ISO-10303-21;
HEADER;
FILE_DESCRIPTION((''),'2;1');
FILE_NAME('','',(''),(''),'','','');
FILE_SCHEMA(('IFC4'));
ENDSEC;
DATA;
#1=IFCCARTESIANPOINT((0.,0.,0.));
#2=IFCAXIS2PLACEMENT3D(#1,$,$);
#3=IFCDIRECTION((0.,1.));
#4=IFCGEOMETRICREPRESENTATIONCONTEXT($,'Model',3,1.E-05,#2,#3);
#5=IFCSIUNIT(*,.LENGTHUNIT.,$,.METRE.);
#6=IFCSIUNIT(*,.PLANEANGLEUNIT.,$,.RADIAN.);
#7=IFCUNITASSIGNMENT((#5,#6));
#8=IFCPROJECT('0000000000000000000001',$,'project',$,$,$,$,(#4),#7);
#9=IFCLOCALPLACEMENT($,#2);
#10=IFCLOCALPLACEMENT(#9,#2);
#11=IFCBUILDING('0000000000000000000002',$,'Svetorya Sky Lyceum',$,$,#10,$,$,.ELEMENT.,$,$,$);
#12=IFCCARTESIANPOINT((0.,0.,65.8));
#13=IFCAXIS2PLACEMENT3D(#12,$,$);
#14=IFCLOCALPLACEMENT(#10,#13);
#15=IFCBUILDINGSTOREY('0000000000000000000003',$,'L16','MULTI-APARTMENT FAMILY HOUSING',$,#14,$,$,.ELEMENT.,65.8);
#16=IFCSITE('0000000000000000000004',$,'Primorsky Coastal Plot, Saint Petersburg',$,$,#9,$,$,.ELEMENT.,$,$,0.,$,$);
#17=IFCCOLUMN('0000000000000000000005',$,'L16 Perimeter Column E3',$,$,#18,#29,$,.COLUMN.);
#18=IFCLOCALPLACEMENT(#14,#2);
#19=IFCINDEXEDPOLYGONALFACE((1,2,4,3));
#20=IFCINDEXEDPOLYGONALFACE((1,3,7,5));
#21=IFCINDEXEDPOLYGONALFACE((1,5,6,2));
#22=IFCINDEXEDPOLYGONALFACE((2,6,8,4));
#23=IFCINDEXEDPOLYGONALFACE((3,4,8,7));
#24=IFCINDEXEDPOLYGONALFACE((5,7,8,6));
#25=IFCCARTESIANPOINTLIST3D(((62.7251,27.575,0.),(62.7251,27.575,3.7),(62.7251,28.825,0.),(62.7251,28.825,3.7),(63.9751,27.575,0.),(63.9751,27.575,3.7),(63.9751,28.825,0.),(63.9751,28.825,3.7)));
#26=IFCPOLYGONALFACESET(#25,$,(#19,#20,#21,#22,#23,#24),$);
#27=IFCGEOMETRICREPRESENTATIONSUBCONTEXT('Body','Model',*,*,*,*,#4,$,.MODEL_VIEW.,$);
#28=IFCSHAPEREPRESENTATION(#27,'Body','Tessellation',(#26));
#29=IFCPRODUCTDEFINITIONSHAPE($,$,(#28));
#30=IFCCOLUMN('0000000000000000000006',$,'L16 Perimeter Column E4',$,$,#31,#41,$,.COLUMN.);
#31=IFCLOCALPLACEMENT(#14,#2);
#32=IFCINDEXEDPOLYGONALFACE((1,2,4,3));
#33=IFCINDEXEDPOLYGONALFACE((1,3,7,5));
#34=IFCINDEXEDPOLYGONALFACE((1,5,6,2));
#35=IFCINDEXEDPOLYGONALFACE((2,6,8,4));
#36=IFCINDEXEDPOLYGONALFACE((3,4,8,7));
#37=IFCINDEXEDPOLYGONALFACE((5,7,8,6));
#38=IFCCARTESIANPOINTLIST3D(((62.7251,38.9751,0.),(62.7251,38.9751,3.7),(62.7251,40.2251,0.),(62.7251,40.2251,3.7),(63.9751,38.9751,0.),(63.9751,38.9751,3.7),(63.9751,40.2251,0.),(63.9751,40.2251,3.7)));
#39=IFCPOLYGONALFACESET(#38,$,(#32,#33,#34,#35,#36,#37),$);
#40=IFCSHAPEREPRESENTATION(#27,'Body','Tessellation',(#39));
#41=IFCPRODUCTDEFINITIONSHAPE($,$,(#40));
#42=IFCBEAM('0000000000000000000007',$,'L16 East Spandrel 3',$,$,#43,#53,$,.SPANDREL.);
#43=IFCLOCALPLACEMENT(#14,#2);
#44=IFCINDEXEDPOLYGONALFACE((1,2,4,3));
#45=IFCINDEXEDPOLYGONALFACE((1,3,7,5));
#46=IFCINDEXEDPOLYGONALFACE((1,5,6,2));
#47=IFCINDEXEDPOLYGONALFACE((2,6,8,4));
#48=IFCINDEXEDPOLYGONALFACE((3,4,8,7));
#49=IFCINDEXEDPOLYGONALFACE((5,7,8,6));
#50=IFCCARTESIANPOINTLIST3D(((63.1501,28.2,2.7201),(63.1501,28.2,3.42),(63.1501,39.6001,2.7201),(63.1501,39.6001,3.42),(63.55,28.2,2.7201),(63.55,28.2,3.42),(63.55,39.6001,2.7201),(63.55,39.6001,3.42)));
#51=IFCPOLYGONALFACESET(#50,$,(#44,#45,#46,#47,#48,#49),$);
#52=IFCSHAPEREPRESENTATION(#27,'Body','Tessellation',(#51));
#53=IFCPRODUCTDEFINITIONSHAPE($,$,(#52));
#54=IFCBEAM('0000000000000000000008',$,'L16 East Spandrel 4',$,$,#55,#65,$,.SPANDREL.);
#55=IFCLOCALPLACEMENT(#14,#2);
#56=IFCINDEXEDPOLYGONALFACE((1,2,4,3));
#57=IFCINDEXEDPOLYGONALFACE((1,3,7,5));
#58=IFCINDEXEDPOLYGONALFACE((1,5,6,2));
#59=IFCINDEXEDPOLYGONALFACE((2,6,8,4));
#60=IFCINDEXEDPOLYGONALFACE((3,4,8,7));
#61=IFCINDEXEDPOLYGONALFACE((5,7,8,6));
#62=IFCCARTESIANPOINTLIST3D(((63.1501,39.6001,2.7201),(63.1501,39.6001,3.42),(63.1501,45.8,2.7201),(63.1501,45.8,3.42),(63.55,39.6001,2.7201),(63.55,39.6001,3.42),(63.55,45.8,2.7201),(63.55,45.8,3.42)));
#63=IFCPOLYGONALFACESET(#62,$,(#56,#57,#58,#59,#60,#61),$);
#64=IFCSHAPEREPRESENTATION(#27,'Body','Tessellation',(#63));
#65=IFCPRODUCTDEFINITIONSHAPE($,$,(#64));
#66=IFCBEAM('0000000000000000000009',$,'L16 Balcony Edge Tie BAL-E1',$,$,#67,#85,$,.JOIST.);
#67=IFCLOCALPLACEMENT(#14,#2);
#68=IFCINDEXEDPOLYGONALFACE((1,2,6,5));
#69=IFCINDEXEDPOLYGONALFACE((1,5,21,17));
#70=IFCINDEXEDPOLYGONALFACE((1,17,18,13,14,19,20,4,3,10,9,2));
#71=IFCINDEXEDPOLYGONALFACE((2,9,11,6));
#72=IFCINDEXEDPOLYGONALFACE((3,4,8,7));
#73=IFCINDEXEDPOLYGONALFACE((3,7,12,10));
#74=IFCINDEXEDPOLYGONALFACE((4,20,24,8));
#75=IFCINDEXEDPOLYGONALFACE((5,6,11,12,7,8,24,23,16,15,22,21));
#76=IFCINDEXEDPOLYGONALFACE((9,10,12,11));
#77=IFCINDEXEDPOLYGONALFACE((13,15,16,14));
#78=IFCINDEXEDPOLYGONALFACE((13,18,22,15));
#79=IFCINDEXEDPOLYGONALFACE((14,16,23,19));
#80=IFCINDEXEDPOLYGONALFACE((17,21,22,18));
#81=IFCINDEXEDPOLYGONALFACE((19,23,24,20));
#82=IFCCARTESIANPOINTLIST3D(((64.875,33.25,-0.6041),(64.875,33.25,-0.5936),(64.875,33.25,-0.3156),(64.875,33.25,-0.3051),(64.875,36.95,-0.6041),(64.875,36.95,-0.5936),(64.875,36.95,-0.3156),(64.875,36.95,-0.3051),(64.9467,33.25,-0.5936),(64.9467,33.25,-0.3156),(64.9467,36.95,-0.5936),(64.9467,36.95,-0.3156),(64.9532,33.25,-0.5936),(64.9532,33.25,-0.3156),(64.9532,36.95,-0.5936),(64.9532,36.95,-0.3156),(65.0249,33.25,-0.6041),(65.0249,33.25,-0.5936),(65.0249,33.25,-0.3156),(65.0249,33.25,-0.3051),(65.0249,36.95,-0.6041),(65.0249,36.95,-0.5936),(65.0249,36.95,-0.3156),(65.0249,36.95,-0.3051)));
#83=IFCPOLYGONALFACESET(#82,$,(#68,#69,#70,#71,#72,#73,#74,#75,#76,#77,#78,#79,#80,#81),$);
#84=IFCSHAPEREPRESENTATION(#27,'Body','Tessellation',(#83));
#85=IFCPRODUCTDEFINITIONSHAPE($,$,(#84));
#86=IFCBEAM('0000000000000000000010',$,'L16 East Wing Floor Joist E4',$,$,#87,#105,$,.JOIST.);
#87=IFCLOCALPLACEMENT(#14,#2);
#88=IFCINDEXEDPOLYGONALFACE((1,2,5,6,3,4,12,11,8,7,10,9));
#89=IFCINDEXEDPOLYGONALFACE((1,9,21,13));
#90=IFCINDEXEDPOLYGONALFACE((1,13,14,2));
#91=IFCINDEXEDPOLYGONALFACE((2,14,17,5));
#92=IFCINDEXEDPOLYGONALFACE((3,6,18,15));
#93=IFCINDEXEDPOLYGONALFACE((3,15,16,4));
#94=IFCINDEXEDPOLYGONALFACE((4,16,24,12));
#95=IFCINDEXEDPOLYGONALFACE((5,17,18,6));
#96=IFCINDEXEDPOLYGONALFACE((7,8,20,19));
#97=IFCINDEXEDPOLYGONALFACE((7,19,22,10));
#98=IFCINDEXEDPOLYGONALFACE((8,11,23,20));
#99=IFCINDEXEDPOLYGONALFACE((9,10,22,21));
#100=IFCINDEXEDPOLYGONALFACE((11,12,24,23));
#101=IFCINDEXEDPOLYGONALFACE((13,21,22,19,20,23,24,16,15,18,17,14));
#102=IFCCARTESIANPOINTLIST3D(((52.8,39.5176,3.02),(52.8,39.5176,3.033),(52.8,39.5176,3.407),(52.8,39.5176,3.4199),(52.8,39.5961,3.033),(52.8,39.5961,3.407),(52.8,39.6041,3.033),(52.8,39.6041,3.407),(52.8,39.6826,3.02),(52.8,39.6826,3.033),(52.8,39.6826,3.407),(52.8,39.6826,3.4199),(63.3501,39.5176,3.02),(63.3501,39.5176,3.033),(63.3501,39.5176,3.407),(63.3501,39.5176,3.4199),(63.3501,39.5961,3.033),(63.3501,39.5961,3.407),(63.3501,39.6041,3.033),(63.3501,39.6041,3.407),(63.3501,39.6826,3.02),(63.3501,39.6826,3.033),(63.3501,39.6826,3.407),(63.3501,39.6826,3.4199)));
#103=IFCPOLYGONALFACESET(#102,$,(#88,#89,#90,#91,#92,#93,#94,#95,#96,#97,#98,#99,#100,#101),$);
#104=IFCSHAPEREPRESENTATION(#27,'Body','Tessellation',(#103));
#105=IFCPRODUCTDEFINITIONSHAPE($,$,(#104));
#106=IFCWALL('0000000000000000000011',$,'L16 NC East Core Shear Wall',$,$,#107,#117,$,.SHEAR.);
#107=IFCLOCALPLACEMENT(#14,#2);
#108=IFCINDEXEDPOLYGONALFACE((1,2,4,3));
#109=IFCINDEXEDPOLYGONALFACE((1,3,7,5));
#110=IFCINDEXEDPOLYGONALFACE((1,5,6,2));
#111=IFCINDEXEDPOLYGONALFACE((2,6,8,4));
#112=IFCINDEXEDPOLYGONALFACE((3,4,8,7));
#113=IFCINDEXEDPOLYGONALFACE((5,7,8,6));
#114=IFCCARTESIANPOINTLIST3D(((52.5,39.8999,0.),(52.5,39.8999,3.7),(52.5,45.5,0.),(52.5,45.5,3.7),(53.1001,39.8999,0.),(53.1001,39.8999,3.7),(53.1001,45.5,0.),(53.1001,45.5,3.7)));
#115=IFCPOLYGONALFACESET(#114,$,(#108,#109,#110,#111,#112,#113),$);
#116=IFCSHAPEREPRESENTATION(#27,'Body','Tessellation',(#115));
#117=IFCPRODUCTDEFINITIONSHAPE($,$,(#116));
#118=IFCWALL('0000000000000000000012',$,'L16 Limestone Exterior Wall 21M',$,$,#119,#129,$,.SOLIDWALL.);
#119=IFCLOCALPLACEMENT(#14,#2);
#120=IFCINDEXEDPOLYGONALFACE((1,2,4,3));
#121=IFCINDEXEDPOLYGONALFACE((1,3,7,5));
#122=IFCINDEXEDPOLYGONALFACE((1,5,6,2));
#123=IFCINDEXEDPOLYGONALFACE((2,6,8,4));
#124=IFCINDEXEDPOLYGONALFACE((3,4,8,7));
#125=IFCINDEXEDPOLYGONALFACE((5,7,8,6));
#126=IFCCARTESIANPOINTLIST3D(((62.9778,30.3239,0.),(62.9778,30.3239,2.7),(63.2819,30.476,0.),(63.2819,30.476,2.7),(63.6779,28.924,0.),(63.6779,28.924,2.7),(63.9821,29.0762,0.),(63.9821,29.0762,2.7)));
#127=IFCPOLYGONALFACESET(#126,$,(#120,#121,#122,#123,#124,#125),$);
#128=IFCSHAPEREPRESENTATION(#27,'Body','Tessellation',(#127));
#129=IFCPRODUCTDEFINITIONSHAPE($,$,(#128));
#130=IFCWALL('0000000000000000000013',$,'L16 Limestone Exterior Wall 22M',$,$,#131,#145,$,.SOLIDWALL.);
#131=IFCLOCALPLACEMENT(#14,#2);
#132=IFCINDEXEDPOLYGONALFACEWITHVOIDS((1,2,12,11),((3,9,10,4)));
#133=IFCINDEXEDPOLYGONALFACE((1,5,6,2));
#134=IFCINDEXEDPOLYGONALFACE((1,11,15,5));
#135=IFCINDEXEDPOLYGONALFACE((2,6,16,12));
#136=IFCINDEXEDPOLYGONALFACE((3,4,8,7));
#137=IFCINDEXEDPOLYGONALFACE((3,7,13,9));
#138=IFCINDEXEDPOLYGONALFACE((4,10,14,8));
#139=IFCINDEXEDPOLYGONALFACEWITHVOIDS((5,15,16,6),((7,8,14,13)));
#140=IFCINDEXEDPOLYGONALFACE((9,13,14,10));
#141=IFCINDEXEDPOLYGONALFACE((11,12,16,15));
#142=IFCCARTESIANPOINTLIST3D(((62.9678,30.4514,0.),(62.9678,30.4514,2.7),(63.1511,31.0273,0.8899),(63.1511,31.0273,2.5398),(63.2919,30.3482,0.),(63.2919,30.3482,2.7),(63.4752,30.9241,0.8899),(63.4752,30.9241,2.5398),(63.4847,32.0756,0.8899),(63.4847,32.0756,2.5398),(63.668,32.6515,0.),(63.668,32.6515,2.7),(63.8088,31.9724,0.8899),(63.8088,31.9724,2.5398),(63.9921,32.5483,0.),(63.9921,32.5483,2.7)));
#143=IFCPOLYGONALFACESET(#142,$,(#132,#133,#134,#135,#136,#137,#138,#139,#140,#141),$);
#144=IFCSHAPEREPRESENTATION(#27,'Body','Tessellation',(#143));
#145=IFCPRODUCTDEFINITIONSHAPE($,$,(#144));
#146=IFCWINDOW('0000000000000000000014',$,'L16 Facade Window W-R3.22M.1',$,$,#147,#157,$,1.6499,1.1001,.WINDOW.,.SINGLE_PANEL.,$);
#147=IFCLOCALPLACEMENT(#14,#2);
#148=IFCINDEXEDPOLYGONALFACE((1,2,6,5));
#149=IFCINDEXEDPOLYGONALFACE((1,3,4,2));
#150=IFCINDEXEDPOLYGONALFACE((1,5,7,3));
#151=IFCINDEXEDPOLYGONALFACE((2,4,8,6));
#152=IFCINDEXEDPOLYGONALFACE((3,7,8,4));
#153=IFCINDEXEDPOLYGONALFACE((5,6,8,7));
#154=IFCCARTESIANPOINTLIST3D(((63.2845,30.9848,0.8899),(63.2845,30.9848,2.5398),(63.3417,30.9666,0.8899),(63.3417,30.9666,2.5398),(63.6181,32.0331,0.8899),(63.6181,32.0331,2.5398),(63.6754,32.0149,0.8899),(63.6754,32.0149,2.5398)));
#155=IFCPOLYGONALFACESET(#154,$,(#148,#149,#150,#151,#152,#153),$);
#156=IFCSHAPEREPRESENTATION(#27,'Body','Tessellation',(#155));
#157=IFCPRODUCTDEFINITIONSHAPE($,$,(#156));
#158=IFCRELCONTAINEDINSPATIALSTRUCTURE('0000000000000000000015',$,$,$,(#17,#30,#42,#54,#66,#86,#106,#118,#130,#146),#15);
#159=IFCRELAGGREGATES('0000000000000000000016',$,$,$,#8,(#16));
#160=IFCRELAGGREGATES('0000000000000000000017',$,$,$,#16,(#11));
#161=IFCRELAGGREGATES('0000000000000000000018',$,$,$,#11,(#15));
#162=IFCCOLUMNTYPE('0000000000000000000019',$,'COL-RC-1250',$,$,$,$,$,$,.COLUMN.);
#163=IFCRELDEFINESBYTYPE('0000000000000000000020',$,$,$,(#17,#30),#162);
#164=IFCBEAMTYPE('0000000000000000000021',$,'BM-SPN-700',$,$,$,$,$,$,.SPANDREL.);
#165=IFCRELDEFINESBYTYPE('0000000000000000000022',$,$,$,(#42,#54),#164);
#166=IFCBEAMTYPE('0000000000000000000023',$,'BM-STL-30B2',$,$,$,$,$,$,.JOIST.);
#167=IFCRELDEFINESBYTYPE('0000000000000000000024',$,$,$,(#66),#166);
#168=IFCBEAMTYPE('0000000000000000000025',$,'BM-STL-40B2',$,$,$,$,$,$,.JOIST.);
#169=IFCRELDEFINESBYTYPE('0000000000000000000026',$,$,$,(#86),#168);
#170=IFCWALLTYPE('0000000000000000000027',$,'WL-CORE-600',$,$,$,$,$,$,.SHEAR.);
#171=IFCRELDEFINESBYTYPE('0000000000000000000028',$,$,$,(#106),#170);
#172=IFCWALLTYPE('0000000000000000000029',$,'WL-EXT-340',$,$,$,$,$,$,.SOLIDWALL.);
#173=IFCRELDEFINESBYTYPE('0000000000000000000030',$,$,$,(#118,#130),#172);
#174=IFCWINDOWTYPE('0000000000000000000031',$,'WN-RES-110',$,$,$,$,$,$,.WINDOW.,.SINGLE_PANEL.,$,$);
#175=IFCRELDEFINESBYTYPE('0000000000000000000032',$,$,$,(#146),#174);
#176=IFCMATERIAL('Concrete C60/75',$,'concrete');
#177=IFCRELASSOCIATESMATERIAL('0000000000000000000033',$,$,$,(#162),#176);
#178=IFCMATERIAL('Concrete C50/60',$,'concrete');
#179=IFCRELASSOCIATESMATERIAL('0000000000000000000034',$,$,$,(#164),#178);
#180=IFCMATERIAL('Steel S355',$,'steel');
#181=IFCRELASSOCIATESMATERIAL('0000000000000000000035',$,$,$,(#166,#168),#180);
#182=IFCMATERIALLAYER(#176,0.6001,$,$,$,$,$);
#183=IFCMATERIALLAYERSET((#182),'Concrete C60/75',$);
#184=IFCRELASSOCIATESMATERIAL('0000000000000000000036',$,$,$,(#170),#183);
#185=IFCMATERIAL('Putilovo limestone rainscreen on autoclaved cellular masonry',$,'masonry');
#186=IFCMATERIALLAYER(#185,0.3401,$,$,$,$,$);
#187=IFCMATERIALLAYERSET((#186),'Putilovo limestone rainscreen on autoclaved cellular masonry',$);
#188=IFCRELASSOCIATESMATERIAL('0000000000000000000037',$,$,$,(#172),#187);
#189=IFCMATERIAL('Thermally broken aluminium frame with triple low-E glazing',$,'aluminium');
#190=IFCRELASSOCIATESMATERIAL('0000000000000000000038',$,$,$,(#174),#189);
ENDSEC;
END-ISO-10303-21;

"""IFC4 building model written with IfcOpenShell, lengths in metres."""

from ifc_helpers import new_model, si_unit, direction, frame, frame_2d, origin, origin_2d, place, context, subcontext, project, spatial, rectangle, i_section, extrude, material, layer, layer_set, material_profile, profile_set, type_object, element, fill, save


model = new_model("IFC4")

# Units and contexts
model_context = context("Model", 3, precision=1e-05, world=origin(), true_north=direction((0.0, 1.0)))
body_context = subcontext(model_context, "Body", "Model", "MODEL_VIEW")
ifc_project = project(units=[si_unit("LENGTHUNIT", "METRE"), si_unit("PLANEANGLEUNIT", "RADIAN")], contexts=[model_context])

# Site, building, storey
site_placement = place(None, origin())
site = spatial("IfcSite", under=ifc_project, at=site_placement, Name="Primorsky Coastal Plot, Saint Petersburg", CompositionType="ELEMENT", RefElevation=0.0)
building_placement = place(site_placement, origin())
building = spatial("IfcBuilding", under=site, at=building_placement, Name="Svetorya Sky Lyceum", CompositionType="ELEMENT")
storey_placement = place(building_placement, frame((0.0, 0.0, 65.8)))
storey = spatial("IfcBuildingStorey", under=building, at=storey_placement, Name="L16", Description="MULTI-APARTMENT FAMILY HOUSING", CompositionType="ELEMENT", Elevation=65.8)

# Columns
ifc_material_1 = material(Name="Concrete C60/75", Category="concrete")
ifc_material_profile_1 = material_profile(ifc_material_1, rectangle(XDim=1.25, YDim=1.25, at=origin_2d()), Name="RC COL 1250x1250")
ifc_profile_set_1 = profile_set([ifc_material_profile_1], Name="Concrete C60/75")
column_type = type_object("IfcColumnType", Name="COL-RC-1250", PredefinedType="COLUMN", material=ifc_profile_set_1)
for number, where, z_axis, x_axis, name in (
    (1, (63.3501, 28.2, 0.0), (0.0, 0.0, 1.0), (1.0, 0.0, 0.0), "L16 Perimeter Column E3"),
    (2, (63.3501, 39.6001, 0.0), (0.0, 0.0, 1.0), (1.0, 0.0, 0.0), "L16 Perimeter Column E4"),
):
    element("IfcColumn", number, at=place(storey_placement, frame(where, z_axis=z_axis, x_axis=x_axis)), inside=storey, type_object=column_type, Name=name, PredefinedType="COLUMN", context=body_context, shape_type="SweptSolid", body=[
        extrude(rectangle(XDim=1.25, YDim=1.25, at=origin_2d()), origin(), (0.0, 0.0, 1.0), 3.7),
    ])

# Beams
ifc_material_2 = material(Name="Concrete C50/60", Category="concrete")
ifc_material_profile_2 = material_profile(ifc_material_2, rectangle(XDim=0.3999, YDim=0.7, at=origin_2d()), Name="RC SPANDREL 400x700")
ifc_profile_set_2 = profile_set([ifc_material_profile_2], Name="Concrete C50/60")
beam_type_1 = type_object("IfcBeamType", Name="BM-SPN-700", PredefinedType="SPANDREL", material=ifc_profile_set_2)
beam_1_placement = place(storey_placement, frame((63.3501, 28.2, 3.0701), z_axis=(0.0, 1.0, 0.0), x_axis=(-1.0, 0.0, 0.0)))
element("IfcBeam", 3, at=beam_1_placement, inside=storey, type_object=beam_type_1, Name="L16 East Spandrel 3", PredefinedType="SPANDREL", context=body_context, shape_type="SweptSolid", body=[
    extrude(rectangle(XDim=0.3999, YDim=0.7, at=origin_2d()), origin(), (0.0, 0.0, 1.0), 11.4001),
])
beam_2_placement = place(storey_placement, frame((63.3501, 39.6001, 3.0701), z_axis=(0.0, 1.0, 0.0), x_axis=(-1.0, 0.0, 0.0)))
element("IfcBeam", 4, at=beam_2_placement, inside=storey, type_object=beam_type_1, Name="L16 East Spandrel 4", PredefinedType="SPANDREL", context=body_context, shape_type="SweptSolid", body=[
    extrude(rectangle(XDim=0.3999, YDim=0.7, at=origin_2d()), origin(), (0.0, 0.0, 1.0), 6.2),
])
ifc_material_3 = material(Name="Steel S355", Category="steel")
ifc_material_profile_3 = material_profile(ifc_material_3, i_section(OverallWidth=0.1499, OverallDepth=0.2991, WebThickness=0.0066, FlangeThickness=0.0105, at=origin_2d()), Name="GOST 30B2")
ifc_profile_set_3 = profile_set([ifc_material_profile_3], Name="Steel S355")
beam_type_2 = type_object("IfcBeamType", Name="BM-STL-30B2", PredefinedType="JOIST", material=ifc_profile_set_3)
beam_3_placement = place(storey_placement, frame((64.95, 33.25, -0.4546), z_axis=(0.0, 1.0, 0.0), x_axis=(-1.0, 0.0, 0.0)))
element("IfcBeam", 5, at=beam_3_placement, inside=storey, type_object=beam_type_2, Name="L16 Balcony Edge Tie BAL-E1", PredefinedType="JOIST", context=body_context, shape_type="SweptSolid", body=[
    extrude(i_section(OverallWidth=0.1499, OverallDepth=0.2991, WebThickness=0.0066, FlangeThickness=0.0105, at=origin_2d()), origin(), (0.0, 0.0, 1.0), 3.7),
])
ifc_material_profile_4 = material_profile(ifc_material_3, i_section(OverallWidth=0.165, OverallDepth=0.3999, WebThickness=0.0081, FlangeThickness=0.0129, at=origin_2d()), Name="GOST 40B2")
ifc_profile_set_4 = profile_set([ifc_material_profile_4], Name="Steel S355")
beam_type_3 = type_object("IfcBeamType", Name="BM-STL-40B2", PredefinedType="JOIST", material=ifc_profile_set_4)
beam_4_placement = place(storey_placement, frame((52.8, 39.6001, 3.22), z_axis=(1.0, 0.0, 0.0), x_axis=(0.0, 1.0, 0.0)))
element("IfcBeam", 6, at=beam_4_placement, inside=storey, type_object=beam_type_3, Name="L16 East Wing Floor Joist E4", PredefinedType="JOIST", context=body_context, shape_type="SweptSolid", body=[
    extrude(i_section(OverallWidth=0.165, OverallDepth=0.3999, WebThickness=0.0081, FlangeThickness=0.0129, at=origin_2d()), origin(), (0.0, 0.0, 1.0), 10.55),
])

# Walls
ifc_layer_1 = layer(ifc_material_1, 0.6001)
ifc_layer_set_1 = layer_set([ifc_layer_1], Name="Concrete C60/75")
wall_type_1 = type_object("IfcWallType", Name="WL-CORE-600", PredefinedType="SHEAR", material=ifc_layer_set_1)
wall_1_placement = place(storey_placement, frame((52.8, 39.8999, 0.0), z_axis=(0.0, 0.0, 1.0), x_axis=(0.0, 1.0, 0.0)))
element("IfcWall", 7, at=wall_1_placement, inside=storey, type_object=wall_type_1, Name="L16 NC East Core Shear Wall", PredefinedType="SHEAR", context=body_context, shape_type="SweptSolid", body=[
    extrude(rectangle(XDim=5.6001, YDim=0.6001, at=frame_2d((2.8, 0.0))), origin(), (0.0, 0.0, 1.0), 3.7),
])
ifc_material_4 = material(Name="Putilovo limestone rainscreen on autoclaved cellular masonry", Category="masonry")
ifc_layer_2 = layer(ifc_material_4, 0.3401)
ifc_layer_set_2 = layer_set([ifc_layer_2], Name="Putilovo limestone rainscreen on autoclaved cellular masonry")
wall_type_2 = type_object("IfcWallType", Name="WL-EXT-340", PredefinedType="SOLIDWALL", material=ifc_layer_set_2)
wall_2_placement = place(storey_placement, frame((63.8301, 29.0, 0.0), z_axis=(0.0, 0.0, 1.0), x_axis=(-0.447338, 0.894365, 0.0)))
element("IfcWall", 8, at=wall_2_placement, inside=storey, type_object=wall_type_2, Name="L16 Limestone Exterior Wall 21M", PredefinedType="SOLIDWALL", context=body_context, shape_type="SweptSolid", body=[
    extrude(rectangle(XDim=1.5652, YDim=0.3401, at=frame_2d((0.7827, 0.0))), origin(), (0.0, 0.0, 1.0), 2.7),
])

# Wall, opening, window
wall_3_placement = place(storey_placement, frame((63.1299, 30.3999, 0.0), z_axis=(0.0, 0.0, 1.0), x_axis=(0.303256, 0.952909, 0.0)))
wall_3 = element("IfcWall", 9, at=wall_3_placement, inside=storey, type_object=wall_type_2, Name="L16 Limestone Exterior Wall 22M", PredefinedType="SOLIDWALL", context=body_context, shape_type="SweptSolid", body=[
    extrude(rectangle(XDim=2.3088, YDim=0.3401, at=frame_2d((1.1543, 0.0))), origin(), (0.0, 0.0, 1.0), 2.7),
])
opening_1_placement = place(wall_3_placement, frame((0.6042, 0.0, 0.8899)))
opening_1 = element("IfcOpeningElement", 10, at=opening_1_placement, cuts=wall_3, PredefinedType="OPENING", context=body_context, shape_type="SweptSolid", body=[
    extrude(rectangle(XDim=1.1001, YDim=1.6499, at=frame_2d((0.55, 0.825))), frame((0.0, 0.1799, 0.0), z_axis=(0.0, -1.0, 0.0), x_axis=(1.0, 0.0, 0.0)), (0.0, 0.0, 1.0), 0.3601),
])
ifc_material_5 = material(Name="Thermally broken aluminium frame with triple low-E glazing", Category="aluminium")
window_type = type_object("IfcWindowType", Name="WN-RES-110", PartitioningType="SINGLE_PANEL", PredefinedType="WINDOW", material=ifc_material_5)
window_1_placement = place(opening_1_placement, origin())
window_1 = element("IfcWindow", 11, at=window_1_placement, inside=storey, type_object=window_type, Name="L16 Facade Window W-R3.22M.1", OverallHeight=1.6499, OverallWidth=1.1001, PartitioningType="SINGLE_PANEL", PredefinedType="WINDOW", context=body_context, shape_type="SweptSolid", body=[
    extrude(rectangle(XDim=1.1001, YDim=1.6499, at=frame_2d((0.55, 0.825))), frame((0.0, 0.03, 0.0), z_axis=(0.0, -1.0, 0.0), x_axis=(1.0, 0.0, 0.0)), (0.0, 0.0, 1.0), 0.0601),
])
fill(opening_1, window_1)

save(model, "model.ifc")
